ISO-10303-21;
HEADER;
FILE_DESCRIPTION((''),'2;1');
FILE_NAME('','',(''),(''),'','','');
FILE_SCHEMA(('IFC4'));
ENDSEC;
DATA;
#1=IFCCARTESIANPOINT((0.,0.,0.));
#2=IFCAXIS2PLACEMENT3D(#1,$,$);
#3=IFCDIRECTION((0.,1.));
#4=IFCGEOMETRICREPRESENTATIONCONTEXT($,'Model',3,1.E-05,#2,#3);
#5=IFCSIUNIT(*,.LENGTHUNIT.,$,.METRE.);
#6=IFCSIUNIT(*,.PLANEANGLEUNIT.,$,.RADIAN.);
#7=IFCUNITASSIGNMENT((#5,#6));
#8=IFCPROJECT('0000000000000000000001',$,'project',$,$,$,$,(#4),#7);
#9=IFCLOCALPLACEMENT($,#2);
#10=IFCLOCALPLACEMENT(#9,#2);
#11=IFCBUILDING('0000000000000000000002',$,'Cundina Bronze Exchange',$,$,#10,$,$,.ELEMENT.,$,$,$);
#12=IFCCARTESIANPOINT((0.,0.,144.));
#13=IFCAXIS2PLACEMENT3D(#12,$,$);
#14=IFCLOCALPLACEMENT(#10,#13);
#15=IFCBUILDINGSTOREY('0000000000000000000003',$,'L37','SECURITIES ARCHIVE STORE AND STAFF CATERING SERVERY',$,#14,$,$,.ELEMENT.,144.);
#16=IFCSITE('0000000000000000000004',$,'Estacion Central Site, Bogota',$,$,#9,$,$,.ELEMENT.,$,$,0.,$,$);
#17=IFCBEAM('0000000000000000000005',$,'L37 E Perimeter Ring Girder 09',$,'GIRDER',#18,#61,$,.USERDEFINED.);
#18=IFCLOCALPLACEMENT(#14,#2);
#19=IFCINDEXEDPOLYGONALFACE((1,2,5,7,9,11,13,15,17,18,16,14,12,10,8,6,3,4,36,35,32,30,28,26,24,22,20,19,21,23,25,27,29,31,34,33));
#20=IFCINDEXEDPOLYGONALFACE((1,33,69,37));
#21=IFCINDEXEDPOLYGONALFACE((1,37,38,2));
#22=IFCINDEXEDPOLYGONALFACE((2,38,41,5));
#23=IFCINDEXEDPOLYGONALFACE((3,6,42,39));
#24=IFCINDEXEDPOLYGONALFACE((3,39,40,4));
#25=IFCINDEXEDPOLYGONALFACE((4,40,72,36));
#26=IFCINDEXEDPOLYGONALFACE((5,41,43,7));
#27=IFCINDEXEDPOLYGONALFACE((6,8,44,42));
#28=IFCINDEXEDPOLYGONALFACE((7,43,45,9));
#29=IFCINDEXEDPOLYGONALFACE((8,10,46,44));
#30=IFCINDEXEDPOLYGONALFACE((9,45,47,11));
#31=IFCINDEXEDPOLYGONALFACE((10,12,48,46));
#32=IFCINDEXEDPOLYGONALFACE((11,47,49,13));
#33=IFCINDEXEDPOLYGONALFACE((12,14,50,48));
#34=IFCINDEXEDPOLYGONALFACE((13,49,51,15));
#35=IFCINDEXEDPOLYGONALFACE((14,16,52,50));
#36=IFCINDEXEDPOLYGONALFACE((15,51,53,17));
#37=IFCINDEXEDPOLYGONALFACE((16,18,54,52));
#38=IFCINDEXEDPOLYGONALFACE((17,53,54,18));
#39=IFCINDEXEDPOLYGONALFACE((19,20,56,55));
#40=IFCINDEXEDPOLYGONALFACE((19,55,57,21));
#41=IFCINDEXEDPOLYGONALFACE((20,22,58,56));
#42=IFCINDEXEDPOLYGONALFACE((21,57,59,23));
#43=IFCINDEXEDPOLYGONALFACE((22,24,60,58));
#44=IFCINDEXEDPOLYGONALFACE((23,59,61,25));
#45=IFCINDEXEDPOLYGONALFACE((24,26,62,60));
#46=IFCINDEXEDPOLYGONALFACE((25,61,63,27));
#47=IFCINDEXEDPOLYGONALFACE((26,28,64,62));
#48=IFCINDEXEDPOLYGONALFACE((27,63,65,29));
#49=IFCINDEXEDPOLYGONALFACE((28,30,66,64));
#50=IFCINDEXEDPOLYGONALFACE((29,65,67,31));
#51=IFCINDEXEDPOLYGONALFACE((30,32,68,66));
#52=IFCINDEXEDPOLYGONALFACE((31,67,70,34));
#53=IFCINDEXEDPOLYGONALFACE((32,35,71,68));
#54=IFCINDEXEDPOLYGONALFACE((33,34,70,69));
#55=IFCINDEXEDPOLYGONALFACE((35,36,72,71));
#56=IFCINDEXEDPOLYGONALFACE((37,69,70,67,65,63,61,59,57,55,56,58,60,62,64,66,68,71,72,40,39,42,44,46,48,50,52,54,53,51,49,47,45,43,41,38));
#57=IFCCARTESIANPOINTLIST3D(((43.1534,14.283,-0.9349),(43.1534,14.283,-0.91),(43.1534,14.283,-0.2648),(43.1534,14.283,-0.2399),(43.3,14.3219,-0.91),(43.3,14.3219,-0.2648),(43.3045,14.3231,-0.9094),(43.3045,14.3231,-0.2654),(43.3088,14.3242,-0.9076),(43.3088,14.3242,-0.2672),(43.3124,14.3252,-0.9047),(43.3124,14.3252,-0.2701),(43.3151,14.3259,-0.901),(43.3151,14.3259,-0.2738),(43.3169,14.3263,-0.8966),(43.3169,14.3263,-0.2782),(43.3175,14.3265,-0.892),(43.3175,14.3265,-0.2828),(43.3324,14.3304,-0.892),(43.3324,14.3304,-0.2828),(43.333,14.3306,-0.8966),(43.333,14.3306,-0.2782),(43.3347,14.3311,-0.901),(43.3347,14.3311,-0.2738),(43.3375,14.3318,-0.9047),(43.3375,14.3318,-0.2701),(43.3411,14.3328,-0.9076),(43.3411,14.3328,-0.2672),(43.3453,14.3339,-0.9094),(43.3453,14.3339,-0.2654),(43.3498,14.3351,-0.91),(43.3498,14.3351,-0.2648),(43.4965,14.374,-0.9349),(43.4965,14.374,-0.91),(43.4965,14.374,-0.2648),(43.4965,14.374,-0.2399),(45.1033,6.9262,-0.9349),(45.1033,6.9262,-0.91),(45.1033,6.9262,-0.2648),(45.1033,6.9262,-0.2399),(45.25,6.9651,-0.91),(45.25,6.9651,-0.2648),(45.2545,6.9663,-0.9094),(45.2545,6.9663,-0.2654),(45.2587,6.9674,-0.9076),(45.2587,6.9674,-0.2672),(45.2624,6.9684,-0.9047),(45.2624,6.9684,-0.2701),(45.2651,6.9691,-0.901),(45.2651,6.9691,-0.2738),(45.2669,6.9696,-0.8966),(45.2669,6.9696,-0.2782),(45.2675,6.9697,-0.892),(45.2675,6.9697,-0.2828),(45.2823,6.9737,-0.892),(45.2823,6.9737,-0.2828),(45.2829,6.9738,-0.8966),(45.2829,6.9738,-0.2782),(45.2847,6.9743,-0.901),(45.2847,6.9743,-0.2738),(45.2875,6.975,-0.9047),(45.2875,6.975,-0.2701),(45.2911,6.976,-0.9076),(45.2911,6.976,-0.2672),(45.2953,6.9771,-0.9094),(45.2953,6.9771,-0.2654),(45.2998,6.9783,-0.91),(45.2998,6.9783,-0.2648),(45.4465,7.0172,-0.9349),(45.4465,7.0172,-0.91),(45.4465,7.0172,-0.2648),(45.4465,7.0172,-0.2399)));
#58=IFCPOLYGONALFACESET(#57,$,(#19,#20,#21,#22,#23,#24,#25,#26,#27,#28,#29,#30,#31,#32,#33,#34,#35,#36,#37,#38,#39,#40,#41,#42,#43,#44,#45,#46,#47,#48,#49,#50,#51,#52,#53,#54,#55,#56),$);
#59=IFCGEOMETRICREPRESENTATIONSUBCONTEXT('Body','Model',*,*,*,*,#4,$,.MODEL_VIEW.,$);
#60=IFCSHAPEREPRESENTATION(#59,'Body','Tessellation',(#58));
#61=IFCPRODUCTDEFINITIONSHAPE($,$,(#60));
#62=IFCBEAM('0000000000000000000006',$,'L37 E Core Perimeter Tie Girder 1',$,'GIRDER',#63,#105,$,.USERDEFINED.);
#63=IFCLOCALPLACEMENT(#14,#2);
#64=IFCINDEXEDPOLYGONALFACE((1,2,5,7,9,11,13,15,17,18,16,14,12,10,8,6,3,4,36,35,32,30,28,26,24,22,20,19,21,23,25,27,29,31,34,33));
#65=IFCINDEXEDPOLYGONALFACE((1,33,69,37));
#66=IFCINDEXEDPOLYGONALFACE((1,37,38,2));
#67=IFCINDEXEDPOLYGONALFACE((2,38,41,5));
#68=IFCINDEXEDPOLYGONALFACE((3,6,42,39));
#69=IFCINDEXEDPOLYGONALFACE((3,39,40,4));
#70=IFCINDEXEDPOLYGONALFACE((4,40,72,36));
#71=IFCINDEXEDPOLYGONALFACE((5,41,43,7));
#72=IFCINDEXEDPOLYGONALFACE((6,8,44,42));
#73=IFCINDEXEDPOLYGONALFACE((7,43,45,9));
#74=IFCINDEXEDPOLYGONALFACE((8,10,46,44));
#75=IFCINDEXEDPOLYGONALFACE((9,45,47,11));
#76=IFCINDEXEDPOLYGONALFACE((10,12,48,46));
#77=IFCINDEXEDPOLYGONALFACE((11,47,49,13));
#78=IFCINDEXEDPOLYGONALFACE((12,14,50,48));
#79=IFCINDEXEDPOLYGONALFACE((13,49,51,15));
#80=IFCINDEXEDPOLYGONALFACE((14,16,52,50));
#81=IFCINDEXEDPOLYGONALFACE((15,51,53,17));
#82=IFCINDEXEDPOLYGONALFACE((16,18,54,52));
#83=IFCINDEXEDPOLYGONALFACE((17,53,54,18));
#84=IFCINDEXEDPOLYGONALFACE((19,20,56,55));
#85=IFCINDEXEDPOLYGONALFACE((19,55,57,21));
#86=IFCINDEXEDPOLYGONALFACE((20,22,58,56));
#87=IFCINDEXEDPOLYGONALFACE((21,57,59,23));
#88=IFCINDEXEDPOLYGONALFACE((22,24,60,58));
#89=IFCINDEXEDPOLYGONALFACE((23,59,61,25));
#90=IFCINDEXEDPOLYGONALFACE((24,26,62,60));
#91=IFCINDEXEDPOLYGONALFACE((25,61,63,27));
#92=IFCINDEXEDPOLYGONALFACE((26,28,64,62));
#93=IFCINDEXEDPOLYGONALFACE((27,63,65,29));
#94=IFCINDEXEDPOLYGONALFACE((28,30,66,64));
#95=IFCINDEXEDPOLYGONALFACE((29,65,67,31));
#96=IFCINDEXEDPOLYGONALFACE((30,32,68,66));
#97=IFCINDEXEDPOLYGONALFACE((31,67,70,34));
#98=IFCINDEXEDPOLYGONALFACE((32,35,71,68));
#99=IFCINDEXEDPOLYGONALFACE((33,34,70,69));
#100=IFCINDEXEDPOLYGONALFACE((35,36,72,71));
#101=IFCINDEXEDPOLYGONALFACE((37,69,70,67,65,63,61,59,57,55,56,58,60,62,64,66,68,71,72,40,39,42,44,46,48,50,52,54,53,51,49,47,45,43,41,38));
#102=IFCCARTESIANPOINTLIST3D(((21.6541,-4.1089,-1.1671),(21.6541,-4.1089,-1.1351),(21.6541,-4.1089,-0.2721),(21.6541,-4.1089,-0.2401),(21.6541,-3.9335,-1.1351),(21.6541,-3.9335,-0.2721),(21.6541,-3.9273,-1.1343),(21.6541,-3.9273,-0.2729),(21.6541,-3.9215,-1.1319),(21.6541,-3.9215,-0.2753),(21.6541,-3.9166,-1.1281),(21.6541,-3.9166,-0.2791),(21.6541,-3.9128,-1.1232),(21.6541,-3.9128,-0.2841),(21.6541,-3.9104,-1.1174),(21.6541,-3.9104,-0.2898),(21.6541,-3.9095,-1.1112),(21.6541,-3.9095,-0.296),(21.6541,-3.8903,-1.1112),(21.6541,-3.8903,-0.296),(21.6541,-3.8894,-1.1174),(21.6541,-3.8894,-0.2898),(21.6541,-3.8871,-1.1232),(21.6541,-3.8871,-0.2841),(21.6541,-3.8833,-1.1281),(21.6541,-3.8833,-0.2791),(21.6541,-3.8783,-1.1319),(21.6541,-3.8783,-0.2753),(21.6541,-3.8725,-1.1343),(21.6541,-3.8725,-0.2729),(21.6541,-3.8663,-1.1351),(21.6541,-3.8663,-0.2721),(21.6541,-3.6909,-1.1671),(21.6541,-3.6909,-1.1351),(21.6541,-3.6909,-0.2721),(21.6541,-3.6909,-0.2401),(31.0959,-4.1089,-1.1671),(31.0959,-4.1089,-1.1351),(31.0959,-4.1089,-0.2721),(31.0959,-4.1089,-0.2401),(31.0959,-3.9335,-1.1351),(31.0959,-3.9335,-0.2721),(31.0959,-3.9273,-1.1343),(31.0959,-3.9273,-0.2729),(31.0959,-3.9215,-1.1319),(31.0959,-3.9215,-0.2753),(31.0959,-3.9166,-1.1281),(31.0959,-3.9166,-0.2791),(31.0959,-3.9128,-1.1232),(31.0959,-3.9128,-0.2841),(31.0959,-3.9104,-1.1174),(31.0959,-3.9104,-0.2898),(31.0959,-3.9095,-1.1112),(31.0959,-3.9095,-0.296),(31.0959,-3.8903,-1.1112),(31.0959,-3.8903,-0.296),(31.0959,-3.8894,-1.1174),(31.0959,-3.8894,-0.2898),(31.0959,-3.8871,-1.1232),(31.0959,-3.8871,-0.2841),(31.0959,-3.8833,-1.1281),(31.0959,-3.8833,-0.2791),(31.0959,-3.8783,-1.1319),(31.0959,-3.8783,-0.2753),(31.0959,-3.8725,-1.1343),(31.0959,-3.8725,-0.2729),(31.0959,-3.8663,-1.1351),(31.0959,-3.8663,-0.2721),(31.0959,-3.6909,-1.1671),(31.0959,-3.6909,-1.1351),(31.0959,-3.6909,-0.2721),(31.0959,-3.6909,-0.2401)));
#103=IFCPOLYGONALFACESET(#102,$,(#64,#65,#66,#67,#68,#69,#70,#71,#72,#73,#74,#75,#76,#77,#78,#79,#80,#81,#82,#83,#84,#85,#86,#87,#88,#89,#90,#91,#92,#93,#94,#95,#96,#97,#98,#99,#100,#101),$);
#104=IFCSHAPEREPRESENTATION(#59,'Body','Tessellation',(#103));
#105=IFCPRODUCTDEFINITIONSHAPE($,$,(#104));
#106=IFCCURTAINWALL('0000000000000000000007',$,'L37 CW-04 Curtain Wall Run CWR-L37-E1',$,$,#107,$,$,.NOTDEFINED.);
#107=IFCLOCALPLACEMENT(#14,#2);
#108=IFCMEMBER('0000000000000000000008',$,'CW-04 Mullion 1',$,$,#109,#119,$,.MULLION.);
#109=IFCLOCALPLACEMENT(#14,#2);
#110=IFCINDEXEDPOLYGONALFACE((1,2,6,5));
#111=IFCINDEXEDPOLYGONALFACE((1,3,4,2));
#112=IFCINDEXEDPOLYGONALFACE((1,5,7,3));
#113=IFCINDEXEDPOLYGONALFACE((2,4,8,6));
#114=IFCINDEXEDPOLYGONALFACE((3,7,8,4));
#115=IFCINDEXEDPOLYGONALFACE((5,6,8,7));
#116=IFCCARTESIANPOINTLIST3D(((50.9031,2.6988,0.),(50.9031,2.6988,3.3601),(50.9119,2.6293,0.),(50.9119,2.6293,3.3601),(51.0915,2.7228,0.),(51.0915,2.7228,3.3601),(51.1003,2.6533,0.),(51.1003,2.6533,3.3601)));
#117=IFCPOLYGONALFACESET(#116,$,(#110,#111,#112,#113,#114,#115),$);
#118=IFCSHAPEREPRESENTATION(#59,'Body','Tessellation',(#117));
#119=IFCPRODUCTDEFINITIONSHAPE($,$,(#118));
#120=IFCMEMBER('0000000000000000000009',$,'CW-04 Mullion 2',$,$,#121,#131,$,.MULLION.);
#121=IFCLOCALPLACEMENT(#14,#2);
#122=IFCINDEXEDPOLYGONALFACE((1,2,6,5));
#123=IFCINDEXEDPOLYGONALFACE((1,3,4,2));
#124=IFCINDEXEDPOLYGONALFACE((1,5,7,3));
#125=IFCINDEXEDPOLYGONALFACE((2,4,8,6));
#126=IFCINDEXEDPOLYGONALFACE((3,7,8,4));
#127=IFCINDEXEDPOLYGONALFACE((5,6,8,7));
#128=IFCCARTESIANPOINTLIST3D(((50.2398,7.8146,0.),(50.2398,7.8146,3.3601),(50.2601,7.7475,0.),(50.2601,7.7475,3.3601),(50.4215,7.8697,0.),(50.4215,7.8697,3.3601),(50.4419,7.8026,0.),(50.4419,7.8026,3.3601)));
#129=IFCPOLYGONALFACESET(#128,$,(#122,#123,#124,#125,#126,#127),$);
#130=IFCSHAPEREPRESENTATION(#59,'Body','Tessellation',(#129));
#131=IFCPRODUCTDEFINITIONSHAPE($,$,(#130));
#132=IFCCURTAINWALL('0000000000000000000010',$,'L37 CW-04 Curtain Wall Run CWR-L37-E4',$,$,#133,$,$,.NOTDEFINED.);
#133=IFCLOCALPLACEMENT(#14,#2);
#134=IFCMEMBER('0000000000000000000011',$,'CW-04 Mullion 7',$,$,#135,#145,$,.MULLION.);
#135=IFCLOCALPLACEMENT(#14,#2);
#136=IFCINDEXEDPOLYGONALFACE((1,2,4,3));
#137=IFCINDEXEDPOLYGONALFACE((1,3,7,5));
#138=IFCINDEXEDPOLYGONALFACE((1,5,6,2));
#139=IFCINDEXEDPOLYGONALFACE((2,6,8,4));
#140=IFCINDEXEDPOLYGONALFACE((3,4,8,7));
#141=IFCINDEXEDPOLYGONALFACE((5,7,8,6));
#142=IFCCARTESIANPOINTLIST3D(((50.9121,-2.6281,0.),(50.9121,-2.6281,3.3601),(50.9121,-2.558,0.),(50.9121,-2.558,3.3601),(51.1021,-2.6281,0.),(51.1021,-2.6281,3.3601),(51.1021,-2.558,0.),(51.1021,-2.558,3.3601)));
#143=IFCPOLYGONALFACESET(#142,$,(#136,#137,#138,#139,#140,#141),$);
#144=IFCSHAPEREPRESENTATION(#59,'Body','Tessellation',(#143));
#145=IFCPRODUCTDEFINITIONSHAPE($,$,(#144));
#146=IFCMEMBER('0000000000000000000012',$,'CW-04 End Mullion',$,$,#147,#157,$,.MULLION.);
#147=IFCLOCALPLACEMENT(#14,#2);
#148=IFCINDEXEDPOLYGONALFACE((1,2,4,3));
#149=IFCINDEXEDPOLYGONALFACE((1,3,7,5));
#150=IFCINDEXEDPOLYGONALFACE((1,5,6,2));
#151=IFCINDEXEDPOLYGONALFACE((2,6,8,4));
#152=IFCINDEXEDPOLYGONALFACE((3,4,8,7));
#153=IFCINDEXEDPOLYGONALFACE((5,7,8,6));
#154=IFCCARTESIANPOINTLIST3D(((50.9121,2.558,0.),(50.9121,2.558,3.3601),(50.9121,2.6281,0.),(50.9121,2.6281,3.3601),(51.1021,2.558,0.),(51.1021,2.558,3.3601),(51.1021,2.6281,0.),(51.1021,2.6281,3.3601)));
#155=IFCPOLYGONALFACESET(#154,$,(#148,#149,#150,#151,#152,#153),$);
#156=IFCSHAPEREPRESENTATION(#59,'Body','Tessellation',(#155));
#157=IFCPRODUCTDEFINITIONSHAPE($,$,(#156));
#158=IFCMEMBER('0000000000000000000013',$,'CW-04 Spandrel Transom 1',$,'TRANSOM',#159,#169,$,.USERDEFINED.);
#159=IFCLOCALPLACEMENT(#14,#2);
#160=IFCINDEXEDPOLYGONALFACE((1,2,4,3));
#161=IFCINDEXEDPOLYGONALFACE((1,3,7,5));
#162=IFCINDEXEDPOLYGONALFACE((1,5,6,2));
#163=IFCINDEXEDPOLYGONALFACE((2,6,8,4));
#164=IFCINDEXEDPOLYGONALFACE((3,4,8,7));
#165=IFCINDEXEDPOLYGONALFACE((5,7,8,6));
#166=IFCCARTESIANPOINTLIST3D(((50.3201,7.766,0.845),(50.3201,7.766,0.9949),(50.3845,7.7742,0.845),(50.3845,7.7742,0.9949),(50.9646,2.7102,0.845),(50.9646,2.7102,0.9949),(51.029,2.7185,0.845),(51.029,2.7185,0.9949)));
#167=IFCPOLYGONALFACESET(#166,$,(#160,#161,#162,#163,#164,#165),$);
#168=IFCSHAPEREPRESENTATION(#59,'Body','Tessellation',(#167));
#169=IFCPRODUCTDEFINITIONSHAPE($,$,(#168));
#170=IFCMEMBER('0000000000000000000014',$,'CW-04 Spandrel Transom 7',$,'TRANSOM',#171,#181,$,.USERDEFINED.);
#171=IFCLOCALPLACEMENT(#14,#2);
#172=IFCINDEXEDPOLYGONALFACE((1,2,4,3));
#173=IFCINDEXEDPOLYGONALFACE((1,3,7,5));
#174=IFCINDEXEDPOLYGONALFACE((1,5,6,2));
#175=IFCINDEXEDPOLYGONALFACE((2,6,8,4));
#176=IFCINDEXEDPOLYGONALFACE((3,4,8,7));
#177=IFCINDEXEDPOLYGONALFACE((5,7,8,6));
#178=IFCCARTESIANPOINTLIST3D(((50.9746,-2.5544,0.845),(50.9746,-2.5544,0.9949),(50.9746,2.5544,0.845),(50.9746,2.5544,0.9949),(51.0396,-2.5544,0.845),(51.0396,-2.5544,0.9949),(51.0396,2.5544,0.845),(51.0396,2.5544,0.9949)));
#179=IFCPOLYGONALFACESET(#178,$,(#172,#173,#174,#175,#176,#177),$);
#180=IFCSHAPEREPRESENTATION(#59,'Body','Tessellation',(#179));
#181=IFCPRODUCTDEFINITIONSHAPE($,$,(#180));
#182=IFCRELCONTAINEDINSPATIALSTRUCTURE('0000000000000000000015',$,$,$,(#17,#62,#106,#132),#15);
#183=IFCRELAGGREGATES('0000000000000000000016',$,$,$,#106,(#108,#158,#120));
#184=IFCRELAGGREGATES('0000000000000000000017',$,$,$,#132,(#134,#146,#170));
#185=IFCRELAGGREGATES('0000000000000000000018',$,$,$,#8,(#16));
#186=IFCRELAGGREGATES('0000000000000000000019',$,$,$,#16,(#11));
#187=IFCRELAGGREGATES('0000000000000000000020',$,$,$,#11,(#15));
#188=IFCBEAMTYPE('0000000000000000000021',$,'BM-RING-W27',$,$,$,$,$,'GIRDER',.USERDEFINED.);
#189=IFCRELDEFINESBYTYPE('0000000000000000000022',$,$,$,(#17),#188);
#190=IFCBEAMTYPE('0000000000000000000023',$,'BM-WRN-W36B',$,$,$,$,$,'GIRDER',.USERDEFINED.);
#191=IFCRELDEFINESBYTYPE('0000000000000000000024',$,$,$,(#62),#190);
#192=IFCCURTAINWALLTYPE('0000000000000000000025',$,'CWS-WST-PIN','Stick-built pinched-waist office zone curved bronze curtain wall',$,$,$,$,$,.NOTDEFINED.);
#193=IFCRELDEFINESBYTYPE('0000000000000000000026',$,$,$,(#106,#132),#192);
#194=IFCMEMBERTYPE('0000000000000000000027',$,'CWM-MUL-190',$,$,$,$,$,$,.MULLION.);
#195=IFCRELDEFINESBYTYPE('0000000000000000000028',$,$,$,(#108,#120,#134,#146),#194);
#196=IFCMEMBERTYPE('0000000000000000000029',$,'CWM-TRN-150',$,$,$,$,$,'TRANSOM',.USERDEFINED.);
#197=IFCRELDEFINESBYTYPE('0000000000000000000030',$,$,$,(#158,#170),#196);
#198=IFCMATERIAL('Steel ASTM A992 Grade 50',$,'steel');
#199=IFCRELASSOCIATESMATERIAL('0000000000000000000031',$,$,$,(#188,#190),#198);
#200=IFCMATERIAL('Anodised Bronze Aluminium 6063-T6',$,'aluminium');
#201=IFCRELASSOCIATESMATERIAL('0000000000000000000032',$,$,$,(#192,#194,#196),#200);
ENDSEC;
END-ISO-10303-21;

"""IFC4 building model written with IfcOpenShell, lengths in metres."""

from ifc_helpers import new_model, si_unit, direction, frame, origin, origin_2d, place, context, subcontext, project, spatial, rectangle, i_section, extrude, material, material_profile, profile_set, type_object, element, aggregate, save


model = new_model("IFC4")

# Units and contexts
model_context = context("Model", 3, precision=1e-05, world=origin(), true_north=direction((0.0, 1.0)))
body_context = subcontext(model_context, "Body", "Model", "MODEL_VIEW")
ifc_project = project(units=[si_unit("LENGTHUNIT", "METRE"), si_unit("PLANEANGLEUNIT", "RADIAN")], contexts=[model_context])

# Site, building, storey
site_placement = place(None, origin())
site = spatial("IfcSite", under=ifc_project, at=site_placement, Name="Estacion Central Site, Bogota", CompositionType="ELEMENT", RefElevation=0.0)
building_placement = place(site_placement, origin())
building = spatial("IfcBuilding", under=site, at=building_placement, Name="Cundina Bronze Exchange", CompositionType="ELEMENT")
storey_placement = place(building_placement, frame((0.0, 0.0, 144.0)))
storey = spatial("IfcBuildingStorey", under=building, at=storey_placement, Name="L37", Description="SECURITIES ARCHIVE STORE AND STAFF CATERING SERVERY", CompositionType="ELEMENT", Elevation=144.0)

# Shared definitions
ifc_material_1 = material(Name="Steel ASTM A992 Grade 50", Category="steel")

# Beams
ifc_material_profile_1 = material_profile(ifc_material_1, i_section(OverallWidth=0.355, OverallDepth=0.6951, WebThickness=0.0154, FlangeThickness=0.0249, FilletRadius=0.0181, at=origin_2d()), Name="W27X146", Category="steel")
ifc_profile_set_1 = profile_set([ifc_material_profile_1], Name="Steel ASTM A992 Grade 50")
beam_type_1 = type_object("IfcBeamType", Name="BM-RING-W27", ElementType="GIRDER", PredefinedType="USERDEFINED", material=ifc_profile_set_1)
for number, where, z_axis, x_axis, name in (
    (1, (45.2749, 6.9717, -0.5874), (-0.256211, 0.966621, 0.0), (-0.966621, -0.256211, 0.0), "L37 E Perimeter Ring Girder 09"),
):
    element("IfcBeam", number, at=place(storey_placement, frame(where, z_axis=z_axis, x_axis=x_axis)), inside=storey, type_object=beam_type_1, Name=name, ObjectType="GIRDER", PredefinedType="USERDEFINED", context=body_context, shape_type="SweptSolid", body=[
        extrude(i_section(OverallWidth=0.355, OverallDepth=0.6951, WebThickness=0.0154, FlangeThickness=0.0249, FilletRadius=0.0181, at=origin_2d()), origin(), (0.0, 0.0, 1.0), 7.6108),
    ])
ifc_material_profile_2 = material_profile(ifc_material_1, i_section(OverallWidth=0.418, OverallDepth=0.927, WebThickness=0.0193, FlangeThickness=0.032, FilletRadius=0.0239, at=origin_2d()), Name="W36X231", Category="steel")
ifc_profile_set_2 = profile_set([ifc_material_profile_2], Name="Steel ASTM A992 Grade 50")
beam_type_2 = type_object("IfcBeamType", Name="BM-WRN-W36B", ElementType="GIRDER", PredefinedType="USERDEFINED", material=ifc_profile_set_2)
beam_1_placement = place(storey_placement, frame((31.0959, -3.8999, -0.7036), z_axis=(-1.0, 0.0, 0.0), x_axis=(0.0, -1.0, 0.0)))
element("IfcBeam", 2, at=beam_1_placement, inside=storey, type_object=beam_type_2, Name="L37 E Core Perimeter Tie Girder 1", ObjectType="GIRDER", PredefinedType="USERDEFINED", context=body_context, shape_type="SweptSolid", body=[
    extrude(i_section(OverallWidth=0.418, OverallDepth=0.927, WebThickness=0.0193, FlangeThickness=0.032, FilletRadius=0.0239, at=origin_2d()), origin(), (0.0, 0.0, 1.0), 9.4419),
])

# Curtain walls, members
ifc_material_2 = material(Name="Anodised Bronze Aluminium 6063-T6", Category="aluminium")
curtain_wall_type = type_object("IfcCurtainWallType", Name="CWS-WST-PIN", Description="Stick-built pinched-waist office zone curved bronze curtain wall", PredefinedType="NOTDEFINED", material=ifc_material_2)
curtain_wall_1_placement = place(storey_placement, origin())
curtain_wall_1 = element("IfcCurtainWall", 3, at=curtain_wall_1_placement, inside=storey, type_object=curtain_wall_type, Name="L37 CW-04 Curtain Wall Run CWR-L37-E1", PredefinedType="NOTDEFINED")
ifc_material_profile_3 = material_profile(ifc_material_2, rectangle(XDim=0.0701, YDim=0.1899, at=origin_2d()), Name="AL70X190", Category="aluminium")
ifc_profile_set_3 = profile_set([ifc_material_profile_3], Name="Anodised Bronze Aluminium 6063-T6")
member_type_1 = type_object("IfcMemberType", Name="CWM-MUL-190", PredefinedType="MULLION", material=ifc_profile_set_3)
member_1_placement = place(storey_placement, frame((51.0017, 2.676, 0.0), z_axis=(0.0, 0.0, 1.0), x_axis=(-0.126545, 0.991961, 0.0)))
member_1 = element("IfcMember", 4, at=member_1_placement, type_object=member_type_1, Name="CW-04 Mullion 1", PredefinedType="MULLION", context=body_context, shape_type="SweptSolid", body=[
    extrude(rectangle(XDim=0.0701, YDim=0.1899, at=origin_2d()), origin(), (0.0, 0.0, 1.0), 3.3601),
])
member_2_placement = place(storey_placement, frame((50.3408, 7.8086, 0.0), z_axis=(0.0, 0.0, 1.0), x_axis=(-0.290034, 0.957016, 0.0)))
member_2 = element("IfcMember", 5, at=member_2_placement, type_object=member_type_1, Name="CW-04 Mullion 2", PredefinedType="MULLION", context=body_context, shape_type="SweptSolid", body=[
    extrude(rectangle(XDim=0.0701, YDim=0.1899, at=origin_2d()), origin(), (0.0, 0.0, 1.0), 3.3601),
])
curtain_wall_2_placement = place(storey_placement, origin())
curtain_wall_2 = element("IfcCurtainWall", 6, at=curtain_wall_2_placement, inside=storey, type_object=curtain_wall_type, Name="L37 CW-04 Curtain Wall Run CWR-L37-E4", PredefinedType="NOTDEFINED")
member_3_placement = place(storey_placement, frame((51.0071, -2.593, 0.0), z_axis=(0.0, 0.0, 1.0), x_axis=(0.0, 1.0, 0.0)))
member_3 = element("IfcMember", 7, at=member_3_placement, type_object=member_type_1, Name="CW-04 Mullion 7", PredefinedType="MULLION", context=body_context, shape_type="SweptSolid", body=[
    extrude(rectangle(XDim=0.0701, YDim=0.1899, at=origin_2d()), origin(), (0.0, 0.0, 1.0), 3.3601),
])
member_4_placement = place(storey_placement, frame((51.0071, 2.593, 0.0), z_axis=(0.0, 0.0, 1.0), x_axis=(0.0, 1.0, 0.0)))
member_4 = element("IfcMember", 8, at=member_4_placement, type_object=member_type_1, Name="CW-04 End Mullion", PredefinedType="MULLION", context=body_context, shape_type="SweptSolid", body=[
    extrude(rectangle(XDim=0.0701, YDim=0.1899, at=origin_2d()), origin(), (0.0, 0.0, 1.0), 3.3601),
])

# Members
ifc_material_profile_4 = material_profile(ifc_material_2, rectangle(XDim=0.0649, YDim=0.1499, at=origin_2d()), Name="AL65X150", Category="aluminium")
ifc_profile_set_4 = profile_set([ifc_material_profile_4], Name="Anodised Bronze Aluminium 6063-T6")
member_type_2 = type_object("IfcMemberType", Name="CWM-TRN-150", ElementType="TRANSOM", PredefinedType="USERDEFINED", material=ifc_profile_set_4)
member_5_placement = place(storey_placement, frame((50.9968, 2.7144, 0.9199), z_axis=(-0.126463, 0.991971, 0.0), x_axis=(-0.991971, -0.126463, 0.0)))
member_5 = element("IfcMember", 9, at=member_5_placement, type_object=member_type_2, Name="CW-04 Spandrel Transom 1", ObjectType="TRANSOM", PredefinedType="USERDEFINED", context=body_context, shape_type="SweptSolid", body=[
    extrude(rectangle(XDim=0.0649, YDim=0.1499, at=origin_2d()), origin(), (0.0, 0.0, 1.0), 5.0967),
])
member_6_placement = place(storey_placement, frame((51.0071, -2.5544, 0.9199), z_axis=(0.0, 1.0, 0.0), x_axis=(-1.0, 0.0, 0.0)))
member_6 = element("IfcMember", 10, at=member_6_placement, type_object=member_type_2, Name="CW-04 Spandrel Transom 7", ObjectType="TRANSOM", PredefinedType="USERDEFINED", context=body_context, shape_type="SweptSolid", body=[
    extrude(rectangle(XDim=0.0649, YDim=0.1499, at=origin_2d()), origin(), (0.0, 0.0, 1.0), 5.1089),
])

aggregate(curtain_wall_1, [member_1, member_5, member_2])
aggregate(curtain_wall_2, [member_3, member_4, member_6])

save(model, "model.ifc")
